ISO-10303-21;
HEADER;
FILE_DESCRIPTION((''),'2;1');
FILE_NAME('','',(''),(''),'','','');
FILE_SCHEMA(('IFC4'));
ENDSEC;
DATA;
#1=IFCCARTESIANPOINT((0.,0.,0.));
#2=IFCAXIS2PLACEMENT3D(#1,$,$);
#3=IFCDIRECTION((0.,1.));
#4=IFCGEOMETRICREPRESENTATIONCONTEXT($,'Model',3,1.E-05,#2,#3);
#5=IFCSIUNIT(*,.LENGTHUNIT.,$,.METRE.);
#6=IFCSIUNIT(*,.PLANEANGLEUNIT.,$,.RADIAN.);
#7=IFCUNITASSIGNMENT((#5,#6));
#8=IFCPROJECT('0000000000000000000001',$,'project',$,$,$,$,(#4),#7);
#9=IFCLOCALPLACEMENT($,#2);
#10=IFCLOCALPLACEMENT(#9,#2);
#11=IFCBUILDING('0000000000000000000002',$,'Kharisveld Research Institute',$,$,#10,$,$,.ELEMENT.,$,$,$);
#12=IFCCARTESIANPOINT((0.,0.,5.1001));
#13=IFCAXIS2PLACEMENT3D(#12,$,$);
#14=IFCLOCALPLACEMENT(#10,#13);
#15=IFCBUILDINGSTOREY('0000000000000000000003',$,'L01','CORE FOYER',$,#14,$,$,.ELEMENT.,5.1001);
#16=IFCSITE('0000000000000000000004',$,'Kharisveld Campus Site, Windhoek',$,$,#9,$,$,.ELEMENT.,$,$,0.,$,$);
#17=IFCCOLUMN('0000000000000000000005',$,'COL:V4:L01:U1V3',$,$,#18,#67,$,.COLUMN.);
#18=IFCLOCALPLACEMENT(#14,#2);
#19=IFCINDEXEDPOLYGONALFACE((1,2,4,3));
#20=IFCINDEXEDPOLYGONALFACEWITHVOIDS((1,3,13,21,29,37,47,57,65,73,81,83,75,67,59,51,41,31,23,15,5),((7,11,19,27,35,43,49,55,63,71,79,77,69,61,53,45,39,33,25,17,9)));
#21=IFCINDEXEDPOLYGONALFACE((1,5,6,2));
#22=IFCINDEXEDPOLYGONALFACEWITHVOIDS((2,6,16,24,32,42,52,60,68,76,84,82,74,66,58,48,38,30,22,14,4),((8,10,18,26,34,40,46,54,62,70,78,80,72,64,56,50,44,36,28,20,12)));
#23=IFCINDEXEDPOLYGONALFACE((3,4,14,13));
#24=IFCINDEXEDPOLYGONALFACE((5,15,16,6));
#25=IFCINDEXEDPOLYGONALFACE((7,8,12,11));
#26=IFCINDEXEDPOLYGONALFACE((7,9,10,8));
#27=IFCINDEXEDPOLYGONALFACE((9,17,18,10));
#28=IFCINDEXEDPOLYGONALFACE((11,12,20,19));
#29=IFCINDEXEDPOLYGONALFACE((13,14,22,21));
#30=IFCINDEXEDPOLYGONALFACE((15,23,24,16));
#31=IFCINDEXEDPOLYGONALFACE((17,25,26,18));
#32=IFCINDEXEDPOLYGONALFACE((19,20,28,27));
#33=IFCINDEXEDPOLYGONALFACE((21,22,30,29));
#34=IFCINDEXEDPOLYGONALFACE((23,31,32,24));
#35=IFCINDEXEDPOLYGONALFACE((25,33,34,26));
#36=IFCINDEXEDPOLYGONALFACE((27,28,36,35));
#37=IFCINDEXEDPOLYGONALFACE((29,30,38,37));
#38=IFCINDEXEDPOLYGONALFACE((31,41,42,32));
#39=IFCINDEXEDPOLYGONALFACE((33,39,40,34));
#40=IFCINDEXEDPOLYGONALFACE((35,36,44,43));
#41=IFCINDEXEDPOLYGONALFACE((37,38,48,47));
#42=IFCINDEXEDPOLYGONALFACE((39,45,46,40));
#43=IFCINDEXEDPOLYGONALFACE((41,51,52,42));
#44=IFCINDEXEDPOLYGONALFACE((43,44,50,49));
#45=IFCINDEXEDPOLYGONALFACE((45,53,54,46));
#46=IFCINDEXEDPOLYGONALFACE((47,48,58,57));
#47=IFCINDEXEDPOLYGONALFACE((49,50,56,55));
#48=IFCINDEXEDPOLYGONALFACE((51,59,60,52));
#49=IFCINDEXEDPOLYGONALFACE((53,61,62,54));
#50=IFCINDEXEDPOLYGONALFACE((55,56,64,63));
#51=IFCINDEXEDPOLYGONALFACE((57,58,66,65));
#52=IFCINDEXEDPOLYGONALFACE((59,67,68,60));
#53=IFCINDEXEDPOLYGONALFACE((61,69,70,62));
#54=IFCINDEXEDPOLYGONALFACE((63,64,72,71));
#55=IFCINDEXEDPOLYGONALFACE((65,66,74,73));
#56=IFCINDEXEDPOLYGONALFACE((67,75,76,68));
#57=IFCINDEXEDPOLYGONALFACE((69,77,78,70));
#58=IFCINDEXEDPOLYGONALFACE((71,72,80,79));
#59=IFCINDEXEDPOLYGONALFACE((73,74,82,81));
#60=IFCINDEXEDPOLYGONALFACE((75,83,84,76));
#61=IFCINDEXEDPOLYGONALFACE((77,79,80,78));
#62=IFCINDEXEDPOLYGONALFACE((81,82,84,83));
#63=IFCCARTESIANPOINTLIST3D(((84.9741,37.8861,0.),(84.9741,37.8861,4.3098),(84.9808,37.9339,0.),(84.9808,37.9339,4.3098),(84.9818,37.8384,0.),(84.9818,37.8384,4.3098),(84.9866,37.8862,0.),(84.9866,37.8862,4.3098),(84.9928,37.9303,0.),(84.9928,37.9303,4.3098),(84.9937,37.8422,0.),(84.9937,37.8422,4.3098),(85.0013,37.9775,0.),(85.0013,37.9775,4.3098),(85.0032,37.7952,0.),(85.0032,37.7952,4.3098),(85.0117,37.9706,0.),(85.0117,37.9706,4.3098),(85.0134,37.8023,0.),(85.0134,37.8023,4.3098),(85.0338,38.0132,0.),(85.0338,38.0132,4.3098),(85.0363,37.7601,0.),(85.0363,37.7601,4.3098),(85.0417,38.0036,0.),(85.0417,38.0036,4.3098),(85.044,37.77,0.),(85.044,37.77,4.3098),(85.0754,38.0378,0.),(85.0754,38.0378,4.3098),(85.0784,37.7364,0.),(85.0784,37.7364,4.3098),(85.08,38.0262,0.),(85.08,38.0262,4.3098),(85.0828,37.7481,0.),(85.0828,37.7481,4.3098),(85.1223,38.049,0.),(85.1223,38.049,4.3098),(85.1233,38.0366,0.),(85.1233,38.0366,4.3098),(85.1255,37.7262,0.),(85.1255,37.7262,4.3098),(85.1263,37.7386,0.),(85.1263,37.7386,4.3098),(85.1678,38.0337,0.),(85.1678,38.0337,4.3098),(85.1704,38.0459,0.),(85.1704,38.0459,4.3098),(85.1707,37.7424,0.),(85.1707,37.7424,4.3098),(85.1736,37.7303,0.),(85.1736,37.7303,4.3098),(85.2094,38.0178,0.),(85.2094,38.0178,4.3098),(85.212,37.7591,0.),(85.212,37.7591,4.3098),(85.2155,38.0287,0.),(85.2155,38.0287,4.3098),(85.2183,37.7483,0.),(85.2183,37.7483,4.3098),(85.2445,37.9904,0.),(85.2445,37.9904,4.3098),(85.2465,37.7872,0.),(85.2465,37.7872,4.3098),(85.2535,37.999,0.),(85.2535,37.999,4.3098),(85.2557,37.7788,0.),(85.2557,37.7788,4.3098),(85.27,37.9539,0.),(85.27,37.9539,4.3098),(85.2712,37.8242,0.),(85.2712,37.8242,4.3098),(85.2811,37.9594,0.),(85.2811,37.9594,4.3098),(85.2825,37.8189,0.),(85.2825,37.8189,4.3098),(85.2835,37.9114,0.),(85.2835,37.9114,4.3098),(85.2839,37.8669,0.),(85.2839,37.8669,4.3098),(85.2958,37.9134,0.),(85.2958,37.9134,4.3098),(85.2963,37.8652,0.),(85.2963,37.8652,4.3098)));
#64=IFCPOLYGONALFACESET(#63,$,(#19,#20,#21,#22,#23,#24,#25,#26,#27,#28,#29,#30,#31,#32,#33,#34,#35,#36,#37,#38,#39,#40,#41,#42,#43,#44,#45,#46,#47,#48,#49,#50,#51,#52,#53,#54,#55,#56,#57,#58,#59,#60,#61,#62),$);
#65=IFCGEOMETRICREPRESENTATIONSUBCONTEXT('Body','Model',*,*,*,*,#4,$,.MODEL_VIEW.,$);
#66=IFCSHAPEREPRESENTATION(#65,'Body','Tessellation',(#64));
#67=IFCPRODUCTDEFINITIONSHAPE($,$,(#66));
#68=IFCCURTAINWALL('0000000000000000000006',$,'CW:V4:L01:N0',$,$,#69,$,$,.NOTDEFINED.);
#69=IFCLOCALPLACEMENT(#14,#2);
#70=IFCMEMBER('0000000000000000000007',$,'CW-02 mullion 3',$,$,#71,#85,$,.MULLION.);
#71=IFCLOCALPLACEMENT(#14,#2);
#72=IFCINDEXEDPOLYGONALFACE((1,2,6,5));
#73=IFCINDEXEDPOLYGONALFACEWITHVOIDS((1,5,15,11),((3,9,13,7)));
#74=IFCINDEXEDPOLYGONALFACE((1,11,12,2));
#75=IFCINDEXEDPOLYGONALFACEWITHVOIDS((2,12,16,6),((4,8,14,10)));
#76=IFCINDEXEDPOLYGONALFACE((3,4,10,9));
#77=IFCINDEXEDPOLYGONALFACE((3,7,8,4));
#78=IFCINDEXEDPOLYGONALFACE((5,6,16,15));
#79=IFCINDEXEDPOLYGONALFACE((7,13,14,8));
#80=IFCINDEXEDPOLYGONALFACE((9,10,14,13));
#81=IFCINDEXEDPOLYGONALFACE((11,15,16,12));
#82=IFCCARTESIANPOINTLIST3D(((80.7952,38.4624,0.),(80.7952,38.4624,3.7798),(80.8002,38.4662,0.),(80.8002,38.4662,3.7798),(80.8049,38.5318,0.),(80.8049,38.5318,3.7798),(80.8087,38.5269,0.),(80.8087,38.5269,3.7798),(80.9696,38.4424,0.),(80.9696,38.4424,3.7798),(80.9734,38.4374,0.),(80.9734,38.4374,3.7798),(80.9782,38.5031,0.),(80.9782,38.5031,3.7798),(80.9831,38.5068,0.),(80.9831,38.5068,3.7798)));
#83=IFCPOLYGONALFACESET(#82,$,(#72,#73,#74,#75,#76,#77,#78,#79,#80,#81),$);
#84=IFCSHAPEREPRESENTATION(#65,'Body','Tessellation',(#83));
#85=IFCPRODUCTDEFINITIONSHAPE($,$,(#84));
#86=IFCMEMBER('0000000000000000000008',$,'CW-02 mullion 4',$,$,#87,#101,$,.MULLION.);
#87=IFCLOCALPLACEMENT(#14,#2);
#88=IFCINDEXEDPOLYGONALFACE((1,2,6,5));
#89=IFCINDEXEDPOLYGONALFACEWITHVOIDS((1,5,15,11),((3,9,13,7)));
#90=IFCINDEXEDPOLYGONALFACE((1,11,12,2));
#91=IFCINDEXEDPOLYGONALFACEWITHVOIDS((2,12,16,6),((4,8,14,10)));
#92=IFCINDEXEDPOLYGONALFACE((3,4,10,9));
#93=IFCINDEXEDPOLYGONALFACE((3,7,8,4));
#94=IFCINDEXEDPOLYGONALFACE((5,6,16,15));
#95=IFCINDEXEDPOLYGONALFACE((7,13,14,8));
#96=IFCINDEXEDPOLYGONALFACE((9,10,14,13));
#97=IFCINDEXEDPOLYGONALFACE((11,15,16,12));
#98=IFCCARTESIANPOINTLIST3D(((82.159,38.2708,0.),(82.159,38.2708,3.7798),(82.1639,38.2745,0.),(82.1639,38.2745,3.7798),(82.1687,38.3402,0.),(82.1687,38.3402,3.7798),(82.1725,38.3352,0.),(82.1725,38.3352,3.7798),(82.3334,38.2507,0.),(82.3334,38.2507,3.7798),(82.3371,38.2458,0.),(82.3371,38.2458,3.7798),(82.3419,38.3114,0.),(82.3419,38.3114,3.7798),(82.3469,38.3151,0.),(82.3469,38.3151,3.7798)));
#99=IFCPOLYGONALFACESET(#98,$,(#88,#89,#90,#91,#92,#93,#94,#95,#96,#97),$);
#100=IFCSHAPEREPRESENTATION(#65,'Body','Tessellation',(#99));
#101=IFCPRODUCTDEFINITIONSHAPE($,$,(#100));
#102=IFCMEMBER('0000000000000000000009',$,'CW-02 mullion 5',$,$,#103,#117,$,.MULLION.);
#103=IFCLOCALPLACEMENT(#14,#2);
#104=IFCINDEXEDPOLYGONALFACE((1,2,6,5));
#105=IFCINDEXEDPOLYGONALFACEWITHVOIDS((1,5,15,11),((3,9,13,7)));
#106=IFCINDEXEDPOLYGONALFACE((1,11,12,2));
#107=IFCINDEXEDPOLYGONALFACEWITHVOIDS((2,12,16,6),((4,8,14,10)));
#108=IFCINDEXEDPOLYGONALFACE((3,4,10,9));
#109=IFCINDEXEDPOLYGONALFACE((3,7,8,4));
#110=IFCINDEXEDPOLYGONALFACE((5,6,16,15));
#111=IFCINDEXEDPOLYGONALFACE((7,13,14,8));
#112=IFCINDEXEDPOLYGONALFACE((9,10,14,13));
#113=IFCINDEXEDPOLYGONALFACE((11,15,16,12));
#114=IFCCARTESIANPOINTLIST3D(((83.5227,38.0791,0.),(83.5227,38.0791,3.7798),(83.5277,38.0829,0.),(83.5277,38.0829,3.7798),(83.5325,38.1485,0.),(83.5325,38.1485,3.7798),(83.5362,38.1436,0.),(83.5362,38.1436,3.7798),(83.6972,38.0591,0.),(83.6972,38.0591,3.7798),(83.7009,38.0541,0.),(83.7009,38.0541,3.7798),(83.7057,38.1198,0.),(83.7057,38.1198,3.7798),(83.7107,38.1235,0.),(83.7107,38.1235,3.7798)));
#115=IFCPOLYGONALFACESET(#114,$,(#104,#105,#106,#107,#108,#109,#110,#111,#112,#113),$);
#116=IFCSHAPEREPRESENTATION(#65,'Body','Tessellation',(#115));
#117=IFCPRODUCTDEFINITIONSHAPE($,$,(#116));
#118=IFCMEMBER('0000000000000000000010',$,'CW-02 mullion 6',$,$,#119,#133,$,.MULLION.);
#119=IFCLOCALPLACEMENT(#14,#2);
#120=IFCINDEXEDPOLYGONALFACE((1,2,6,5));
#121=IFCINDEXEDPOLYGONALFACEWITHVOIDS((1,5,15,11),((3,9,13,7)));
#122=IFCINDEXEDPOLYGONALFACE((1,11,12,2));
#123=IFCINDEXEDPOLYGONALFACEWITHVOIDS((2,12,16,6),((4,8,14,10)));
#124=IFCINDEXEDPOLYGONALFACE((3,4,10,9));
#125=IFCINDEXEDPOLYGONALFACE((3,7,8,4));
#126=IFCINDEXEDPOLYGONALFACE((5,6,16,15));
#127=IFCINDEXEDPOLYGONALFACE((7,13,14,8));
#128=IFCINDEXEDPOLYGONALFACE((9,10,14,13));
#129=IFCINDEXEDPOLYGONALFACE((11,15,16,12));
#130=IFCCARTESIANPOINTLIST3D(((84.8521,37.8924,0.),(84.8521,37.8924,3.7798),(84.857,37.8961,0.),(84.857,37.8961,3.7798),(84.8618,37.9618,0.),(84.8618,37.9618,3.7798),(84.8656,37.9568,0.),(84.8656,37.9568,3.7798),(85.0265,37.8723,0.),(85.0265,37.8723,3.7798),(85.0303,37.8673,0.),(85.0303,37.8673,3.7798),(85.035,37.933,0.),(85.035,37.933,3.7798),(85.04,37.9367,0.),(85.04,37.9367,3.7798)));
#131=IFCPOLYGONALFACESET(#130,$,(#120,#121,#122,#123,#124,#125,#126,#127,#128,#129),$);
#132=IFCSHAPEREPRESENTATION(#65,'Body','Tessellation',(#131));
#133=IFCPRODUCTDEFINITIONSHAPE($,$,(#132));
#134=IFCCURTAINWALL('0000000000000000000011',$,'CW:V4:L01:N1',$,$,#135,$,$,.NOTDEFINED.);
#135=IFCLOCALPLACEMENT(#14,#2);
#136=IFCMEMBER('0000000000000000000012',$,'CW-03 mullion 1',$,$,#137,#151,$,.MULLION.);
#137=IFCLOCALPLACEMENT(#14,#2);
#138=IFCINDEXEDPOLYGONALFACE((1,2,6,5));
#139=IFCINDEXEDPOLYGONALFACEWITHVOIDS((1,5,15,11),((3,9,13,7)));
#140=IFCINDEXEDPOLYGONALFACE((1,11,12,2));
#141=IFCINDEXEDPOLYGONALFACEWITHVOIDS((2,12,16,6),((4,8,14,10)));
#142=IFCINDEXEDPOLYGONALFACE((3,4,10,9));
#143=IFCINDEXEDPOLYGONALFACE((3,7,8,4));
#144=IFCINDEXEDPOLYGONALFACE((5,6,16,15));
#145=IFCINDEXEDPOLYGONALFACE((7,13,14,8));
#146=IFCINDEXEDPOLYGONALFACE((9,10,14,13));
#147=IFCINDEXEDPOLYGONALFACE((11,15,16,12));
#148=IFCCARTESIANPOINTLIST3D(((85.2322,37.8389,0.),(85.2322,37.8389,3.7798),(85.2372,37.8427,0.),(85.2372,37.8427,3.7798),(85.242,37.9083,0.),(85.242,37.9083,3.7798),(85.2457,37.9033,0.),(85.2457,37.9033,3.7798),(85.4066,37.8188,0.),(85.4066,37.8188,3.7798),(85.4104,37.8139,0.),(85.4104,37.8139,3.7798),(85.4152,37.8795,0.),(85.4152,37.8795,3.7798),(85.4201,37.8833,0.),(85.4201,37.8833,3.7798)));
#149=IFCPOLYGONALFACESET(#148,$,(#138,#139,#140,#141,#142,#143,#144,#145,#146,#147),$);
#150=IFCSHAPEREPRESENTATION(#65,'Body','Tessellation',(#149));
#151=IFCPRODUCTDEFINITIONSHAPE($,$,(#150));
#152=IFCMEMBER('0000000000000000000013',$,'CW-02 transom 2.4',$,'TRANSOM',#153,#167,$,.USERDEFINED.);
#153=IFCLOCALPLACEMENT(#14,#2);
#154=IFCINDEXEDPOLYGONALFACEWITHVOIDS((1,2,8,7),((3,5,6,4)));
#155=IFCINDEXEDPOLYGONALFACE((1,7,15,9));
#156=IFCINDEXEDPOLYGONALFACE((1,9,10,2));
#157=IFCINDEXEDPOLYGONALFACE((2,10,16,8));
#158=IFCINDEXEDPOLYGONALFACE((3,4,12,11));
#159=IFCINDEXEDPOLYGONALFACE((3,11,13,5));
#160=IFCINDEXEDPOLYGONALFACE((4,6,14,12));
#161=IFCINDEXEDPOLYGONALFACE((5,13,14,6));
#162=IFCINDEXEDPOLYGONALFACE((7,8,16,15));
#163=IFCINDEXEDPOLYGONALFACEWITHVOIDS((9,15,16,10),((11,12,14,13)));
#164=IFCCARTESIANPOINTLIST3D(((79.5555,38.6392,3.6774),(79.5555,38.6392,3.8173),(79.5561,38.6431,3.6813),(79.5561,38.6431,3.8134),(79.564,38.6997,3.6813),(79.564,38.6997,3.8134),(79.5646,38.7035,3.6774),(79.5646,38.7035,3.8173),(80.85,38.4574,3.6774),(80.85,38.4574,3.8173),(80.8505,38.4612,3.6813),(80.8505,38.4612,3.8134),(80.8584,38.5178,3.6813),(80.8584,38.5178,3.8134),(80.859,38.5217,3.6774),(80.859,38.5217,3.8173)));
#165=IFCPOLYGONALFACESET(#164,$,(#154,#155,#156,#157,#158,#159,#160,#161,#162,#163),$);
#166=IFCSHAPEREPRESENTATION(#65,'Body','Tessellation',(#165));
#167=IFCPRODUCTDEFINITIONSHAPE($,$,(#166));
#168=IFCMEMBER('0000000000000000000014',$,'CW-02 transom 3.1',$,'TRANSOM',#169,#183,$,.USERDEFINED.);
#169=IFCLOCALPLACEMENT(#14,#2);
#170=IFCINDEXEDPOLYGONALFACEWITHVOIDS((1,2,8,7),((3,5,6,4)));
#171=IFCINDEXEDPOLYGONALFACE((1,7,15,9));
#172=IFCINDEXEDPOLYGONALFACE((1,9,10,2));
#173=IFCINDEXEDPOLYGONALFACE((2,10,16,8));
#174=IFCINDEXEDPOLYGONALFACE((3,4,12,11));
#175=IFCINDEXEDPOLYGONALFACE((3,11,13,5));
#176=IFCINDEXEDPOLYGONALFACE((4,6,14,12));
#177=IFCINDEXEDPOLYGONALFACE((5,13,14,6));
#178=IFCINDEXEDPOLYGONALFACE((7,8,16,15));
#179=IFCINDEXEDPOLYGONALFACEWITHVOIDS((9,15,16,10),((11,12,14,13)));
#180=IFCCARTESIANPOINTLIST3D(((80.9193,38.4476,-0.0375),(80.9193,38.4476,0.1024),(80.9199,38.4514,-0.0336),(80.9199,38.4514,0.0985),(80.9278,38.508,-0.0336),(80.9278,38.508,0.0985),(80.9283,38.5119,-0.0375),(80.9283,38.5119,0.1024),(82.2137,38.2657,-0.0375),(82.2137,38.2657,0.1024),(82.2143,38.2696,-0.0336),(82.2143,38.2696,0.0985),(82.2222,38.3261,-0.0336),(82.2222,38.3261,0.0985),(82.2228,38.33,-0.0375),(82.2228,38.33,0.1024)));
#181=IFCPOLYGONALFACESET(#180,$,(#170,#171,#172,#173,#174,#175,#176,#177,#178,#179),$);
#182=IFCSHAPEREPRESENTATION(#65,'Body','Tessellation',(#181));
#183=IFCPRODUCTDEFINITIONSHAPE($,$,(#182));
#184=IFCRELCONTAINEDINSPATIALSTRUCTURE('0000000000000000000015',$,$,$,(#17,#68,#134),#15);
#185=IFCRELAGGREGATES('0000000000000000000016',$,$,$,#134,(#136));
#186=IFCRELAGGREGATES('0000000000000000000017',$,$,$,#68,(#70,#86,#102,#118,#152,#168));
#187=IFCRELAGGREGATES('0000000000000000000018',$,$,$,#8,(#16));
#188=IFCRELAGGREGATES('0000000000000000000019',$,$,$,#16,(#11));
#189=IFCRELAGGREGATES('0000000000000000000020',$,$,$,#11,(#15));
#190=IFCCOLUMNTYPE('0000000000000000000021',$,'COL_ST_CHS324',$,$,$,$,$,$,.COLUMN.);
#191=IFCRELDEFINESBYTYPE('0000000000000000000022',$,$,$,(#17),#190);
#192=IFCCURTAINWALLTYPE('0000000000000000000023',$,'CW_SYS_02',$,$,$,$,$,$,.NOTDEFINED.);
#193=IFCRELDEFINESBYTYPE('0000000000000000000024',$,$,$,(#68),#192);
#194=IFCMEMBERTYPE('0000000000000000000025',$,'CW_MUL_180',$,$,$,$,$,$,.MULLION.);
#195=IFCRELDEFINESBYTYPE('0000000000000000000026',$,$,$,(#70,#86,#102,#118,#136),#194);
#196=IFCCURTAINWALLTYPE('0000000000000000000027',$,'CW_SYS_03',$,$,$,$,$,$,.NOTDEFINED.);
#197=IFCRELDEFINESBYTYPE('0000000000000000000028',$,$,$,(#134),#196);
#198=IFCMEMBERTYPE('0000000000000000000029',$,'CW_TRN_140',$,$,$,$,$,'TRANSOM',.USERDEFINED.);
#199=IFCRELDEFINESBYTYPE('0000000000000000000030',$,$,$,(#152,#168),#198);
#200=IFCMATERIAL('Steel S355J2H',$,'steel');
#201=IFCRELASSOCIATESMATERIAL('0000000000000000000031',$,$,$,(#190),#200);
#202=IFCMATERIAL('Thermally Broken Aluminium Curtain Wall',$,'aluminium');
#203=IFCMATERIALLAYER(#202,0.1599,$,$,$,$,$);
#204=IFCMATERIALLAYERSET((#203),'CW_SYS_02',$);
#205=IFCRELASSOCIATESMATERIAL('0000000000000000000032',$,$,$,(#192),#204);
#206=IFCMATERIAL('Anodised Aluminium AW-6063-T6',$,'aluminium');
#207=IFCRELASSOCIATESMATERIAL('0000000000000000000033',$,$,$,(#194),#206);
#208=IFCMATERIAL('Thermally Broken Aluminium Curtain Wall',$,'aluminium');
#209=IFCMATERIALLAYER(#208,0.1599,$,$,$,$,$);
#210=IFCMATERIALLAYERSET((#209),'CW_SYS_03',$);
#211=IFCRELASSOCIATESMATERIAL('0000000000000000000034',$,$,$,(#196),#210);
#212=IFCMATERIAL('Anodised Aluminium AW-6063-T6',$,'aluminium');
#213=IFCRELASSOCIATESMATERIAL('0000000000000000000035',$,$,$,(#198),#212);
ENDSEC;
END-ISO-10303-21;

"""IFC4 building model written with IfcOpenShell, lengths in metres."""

from ifc_helpers import new_model, si_unit, direction, frame, origin, origin_2d, place, context, subcontext, project, spatial, hollow_rectangle, hollow_circle, extrude, material, layer, layer_set, material_profile, profile_set, type_object, element, aggregate, save


model = new_model("IFC4")

# Units and contexts
model_context = context("Model", 3, precision=1e-05, world=origin(), true_north=direction((0.0, 1.0)))
body_context = subcontext(model_context, "Body", "Model", "MODEL_VIEW")
ifc_project = project(units=[si_unit("LENGTHUNIT", "METRE"), si_unit("PLANEANGLEUNIT", "RADIAN")], contexts=[model_context])

# Site, building, storey
site_placement = place(None, origin())
site = spatial("IfcSite", under=ifc_project, at=site_placement, Name="Kharisveld Campus Site, Windhoek", CompositionType="ELEMENT", RefElevation=0.0)
building_placement = place(site_placement, origin())
building = spatial("IfcBuilding", under=site, at=building_placement, Name="Kharisveld Research Institute", CompositionType="ELEMENT")
storey_placement = place(building_placement, frame((0.0, 0.0, 5.1001)))
storey = spatial("IfcBuildingStorey", under=building, at=storey_placement, Name="L01", Description="CORE FOYER", CompositionType="ELEMENT", Elevation=5.1001)

# Column
ifc_material_1 = material(Name="Steel S355J2H", Category="steel")
ifc_material_profile_1 = material_profile(ifc_material_1, hollow_circle(Radius=0.1619, WallThickness=0.0125, at=origin_2d()))
ifc_profile_set_1 = profile_set([ifc_material_profile_1], Name="Steel S355J2H")
column_type = type_object("IfcColumnType", Name="COL_ST_CHS324", PredefinedType="COLUMN", material=ifc_profile_set_1)
column_placement = place(storey_placement, frame((85.136, 37.8877, 0.0), z_axis=(0.0, 0.0, 1.0), x_axis=(0.990268, -0.139173, 0.0)))
element("IfcColumn", 1, at=column_placement, inside=storey, type_object=column_type, Name="COL:V4:L01:U1V3", PredefinedType="COLUMN", context=body_context, shape_type="SweptSolid", body=[
    extrude(hollow_circle(Radius=0.1619, WallThickness=0.0125, at=origin_2d()), origin(), (0.0, 0.0, 1.0), 4.3098),
])

# Curtain wall, members
ifc_material_2 = material(Name="Thermally Broken Aluminium Curtain Wall", Category="aluminium")
ifc_layer_1 = layer(ifc_material_2, 0.1599)
ifc_layer_set_1 = layer_set([ifc_layer_1], Name="CW_SYS_02")
curtain_wall_type_1 = type_object("IfcCurtainWallType", Name="CW_SYS_02", PredefinedType="NOTDEFINED", material=ifc_layer_set_1)
curtain_wall_1_placement = place(storey_placement, origin())
curtain_wall_1 = element("IfcCurtainWall", 2, at=curtain_wall_1_placement, inside=storey, type_object=curtain_wall_type_1, Name="CW:V4:L01:N0", PredefinedType="NOTDEFINED")
ifc_material_3 = material(Name="Anodised Aluminium AW-6063-T6", Category="aluminium")
ifc_material_profile_2 = material_profile(ifc_material_3, hollow_rectangle(XDim=0.0701, YDim=0.1799, WallThickness=0.0044, at=origin_2d()))
ifc_profile_set_2 = profile_set([ifc_material_profile_2], Name="Anodised Aluminium AW-6063-T6")
member_type_1 = type_object("IfcMemberType", Name="CW_MUL_180", PredefinedType="MULLION", material=ifc_profile_set_2)
member_1_placement = place(storey_placement, frame((80.8892, 38.4846, 0.0), z_axis=(0.0, 0.0, 1.0), x_axis=(0.139173, 0.990268, 0.0)))
member_1 = element("IfcMember", 3, at=member_1_placement, type_object=member_type_1, Name="CW-02 mullion 3", PredefinedType="MULLION", context=body_context, shape_type="SweptSolid", body=[
    extrude(hollow_rectangle(XDim=0.0701, YDim=0.1799, WallThickness=0.0044, at=origin_2d()), origin(), (0.0, 0.0, 1.0), 3.7798),
])
member_2_placement = place(storey_placement, frame((82.2529, 38.293, 0.0), z_axis=(0.0, 0.0, 1.0), x_axis=(0.139173, 0.990268, 0.0)))
member_2 = element("IfcMember", 4, at=member_2_placement, type_object=member_type_1, Name="CW-02 mullion 4", PredefinedType="MULLION", context=body_context, shape_type="SweptSolid", body=[
    extrude(hollow_rectangle(XDim=0.0701, YDim=0.1799, WallThickness=0.0044, at=origin_2d()), origin(), (0.0, 0.0, 1.0), 3.7798),
])
member_3_placement = place(storey_placement, frame((83.6167, 38.1013, 0.0), z_axis=(0.0, 0.0, 1.0), x_axis=(0.139173, 0.990268, 0.0)))
member_3 = element("IfcMember", 5, at=member_3_placement, type_object=member_type_1, Name="CW-02 mullion 5", PredefinedType="MULLION", context=body_context, shape_type="SweptSolid", body=[
    extrude(hollow_rectangle(XDim=0.0701, YDim=0.1799, WallThickness=0.0044, at=origin_2d()), origin(), (0.0, 0.0, 1.0), 3.7798),
])
member_4_placement = place(storey_placement, frame((84.946, 37.9146, 0.0), z_axis=(0.0, 0.0, 1.0), x_axis=(0.139173, 0.990268, 0.0)))
member_4 = element("IfcMember", 6, at=member_4_placement, type_object=member_type_1, Name="CW-02 mullion 6", PredefinedType="MULLION", context=body_context, shape_type="SweptSolid", body=[
    extrude(hollow_rectangle(XDim=0.0701, YDim=0.1799, WallThickness=0.0044, at=origin_2d()), origin(), (0.0, 0.0, 1.0), 3.7798),
])

# Curtain wall, member
ifc_material_4 = material(Name="Thermally Broken Aluminium Curtain Wall", Category="aluminium")
ifc_layer_2 = layer(ifc_material_4, 0.1599)
ifc_layer_set_2 = layer_set([ifc_layer_2], Name="CW_SYS_03")
curtain_wall_type_2 = type_object("IfcCurtainWallType", Name="CW_SYS_03", PredefinedType="NOTDEFINED", material=ifc_layer_set_2)
curtain_wall_2_placement = place(storey_placement, origin())
curtain_wall_2 = element("IfcCurtainWall", 7, at=curtain_wall_2_placement, inside=storey, type_object=curtain_wall_type_2, Name="CW:V4:L01:N1", PredefinedType="NOTDEFINED")
member_5_placement = place(storey_placement, frame((85.3262, 37.8611, 0.0), z_axis=(0.0, 0.0, 1.0), x_axis=(0.139173, 0.990268, 0.0)))
member_5 = element("IfcMember", 8, at=member_5_placement, type_object=member_type_1, Name="CW-03 mullion 1", PredefinedType="MULLION", context=body_context, shape_type="SweptSolid", body=[
    extrude(hollow_rectangle(XDim=0.0701, YDim=0.1799, WallThickness=0.0044, at=origin_2d()), origin(), (0.0, 0.0, 1.0), 3.7798),
])

# Members
ifc_material_5 = material(Name="Anodised Aluminium AW-6063-T6", Category="aluminium")
ifc_material_profile_3 = material_profile(ifc_material_5, hollow_rectangle(XDim=0.0649, YDim=0.1399, WallThickness=0.0039, at=origin_2d()))
ifc_profile_set_3 = profile_set([ifc_material_profile_3], Name="Anodised Aluminium AW-6063-T6")
member_type_2 = type_object("IfcMemberType", Name="CW_TRN_140", ElementType="TRANSOM", PredefinedType="USERDEFINED", material=ifc_profile_set_3)
member_6_placement = place(storey_placement, frame((79.5601, 38.6714, 3.7473), z_axis=(0.990272, -0.139146, 0.0), x_axis=(0.139146, 0.990272, 0.0)))
member_6 = element("IfcMember", 9, at=member_6_placement, type_object=member_type_2, Name="CW-02 transom 2.4", ObjectType="TRANSOM", PredefinedType="USERDEFINED", context=body_context, shape_type="SweptSolid", body=[
    extrude(hollow_rectangle(XDim=0.0649, YDim=0.1399, WallThickness=0.0039, at=origin_2d()), origin(), (0.0, 0.0, 1.0), 1.3071),
])
member_7_placement = place(storey_placement, frame((80.9238, 38.4797, 0.0325), z_axis=(0.990272, -0.139146, 0.0), x_axis=(0.139146, 0.990272, 0.0)))
member_7 = element("IfcMember", 10, at=member_7_placement, type_object=member_type_2, Name="CW-02 transom 3.1", ObjectType="TRANSOM", PredefinedType="USERDEFINED", context=body_context, shape_type="SweptSolid", body=[
    extrude(hollow_rectangle(XDim=0.0649, YDim=0.1399, WallThickness=0.0039, at=origin_2d()), origin(), (0.0, 0.0, 1.0), 1.3071),
])
aggregate(curtain_wall_2, [member_5])

aggregate(curtain_wall_1, [member_1, member_2, member_3, member_4, member_6, member_7])

save(model, "model.ifc")
